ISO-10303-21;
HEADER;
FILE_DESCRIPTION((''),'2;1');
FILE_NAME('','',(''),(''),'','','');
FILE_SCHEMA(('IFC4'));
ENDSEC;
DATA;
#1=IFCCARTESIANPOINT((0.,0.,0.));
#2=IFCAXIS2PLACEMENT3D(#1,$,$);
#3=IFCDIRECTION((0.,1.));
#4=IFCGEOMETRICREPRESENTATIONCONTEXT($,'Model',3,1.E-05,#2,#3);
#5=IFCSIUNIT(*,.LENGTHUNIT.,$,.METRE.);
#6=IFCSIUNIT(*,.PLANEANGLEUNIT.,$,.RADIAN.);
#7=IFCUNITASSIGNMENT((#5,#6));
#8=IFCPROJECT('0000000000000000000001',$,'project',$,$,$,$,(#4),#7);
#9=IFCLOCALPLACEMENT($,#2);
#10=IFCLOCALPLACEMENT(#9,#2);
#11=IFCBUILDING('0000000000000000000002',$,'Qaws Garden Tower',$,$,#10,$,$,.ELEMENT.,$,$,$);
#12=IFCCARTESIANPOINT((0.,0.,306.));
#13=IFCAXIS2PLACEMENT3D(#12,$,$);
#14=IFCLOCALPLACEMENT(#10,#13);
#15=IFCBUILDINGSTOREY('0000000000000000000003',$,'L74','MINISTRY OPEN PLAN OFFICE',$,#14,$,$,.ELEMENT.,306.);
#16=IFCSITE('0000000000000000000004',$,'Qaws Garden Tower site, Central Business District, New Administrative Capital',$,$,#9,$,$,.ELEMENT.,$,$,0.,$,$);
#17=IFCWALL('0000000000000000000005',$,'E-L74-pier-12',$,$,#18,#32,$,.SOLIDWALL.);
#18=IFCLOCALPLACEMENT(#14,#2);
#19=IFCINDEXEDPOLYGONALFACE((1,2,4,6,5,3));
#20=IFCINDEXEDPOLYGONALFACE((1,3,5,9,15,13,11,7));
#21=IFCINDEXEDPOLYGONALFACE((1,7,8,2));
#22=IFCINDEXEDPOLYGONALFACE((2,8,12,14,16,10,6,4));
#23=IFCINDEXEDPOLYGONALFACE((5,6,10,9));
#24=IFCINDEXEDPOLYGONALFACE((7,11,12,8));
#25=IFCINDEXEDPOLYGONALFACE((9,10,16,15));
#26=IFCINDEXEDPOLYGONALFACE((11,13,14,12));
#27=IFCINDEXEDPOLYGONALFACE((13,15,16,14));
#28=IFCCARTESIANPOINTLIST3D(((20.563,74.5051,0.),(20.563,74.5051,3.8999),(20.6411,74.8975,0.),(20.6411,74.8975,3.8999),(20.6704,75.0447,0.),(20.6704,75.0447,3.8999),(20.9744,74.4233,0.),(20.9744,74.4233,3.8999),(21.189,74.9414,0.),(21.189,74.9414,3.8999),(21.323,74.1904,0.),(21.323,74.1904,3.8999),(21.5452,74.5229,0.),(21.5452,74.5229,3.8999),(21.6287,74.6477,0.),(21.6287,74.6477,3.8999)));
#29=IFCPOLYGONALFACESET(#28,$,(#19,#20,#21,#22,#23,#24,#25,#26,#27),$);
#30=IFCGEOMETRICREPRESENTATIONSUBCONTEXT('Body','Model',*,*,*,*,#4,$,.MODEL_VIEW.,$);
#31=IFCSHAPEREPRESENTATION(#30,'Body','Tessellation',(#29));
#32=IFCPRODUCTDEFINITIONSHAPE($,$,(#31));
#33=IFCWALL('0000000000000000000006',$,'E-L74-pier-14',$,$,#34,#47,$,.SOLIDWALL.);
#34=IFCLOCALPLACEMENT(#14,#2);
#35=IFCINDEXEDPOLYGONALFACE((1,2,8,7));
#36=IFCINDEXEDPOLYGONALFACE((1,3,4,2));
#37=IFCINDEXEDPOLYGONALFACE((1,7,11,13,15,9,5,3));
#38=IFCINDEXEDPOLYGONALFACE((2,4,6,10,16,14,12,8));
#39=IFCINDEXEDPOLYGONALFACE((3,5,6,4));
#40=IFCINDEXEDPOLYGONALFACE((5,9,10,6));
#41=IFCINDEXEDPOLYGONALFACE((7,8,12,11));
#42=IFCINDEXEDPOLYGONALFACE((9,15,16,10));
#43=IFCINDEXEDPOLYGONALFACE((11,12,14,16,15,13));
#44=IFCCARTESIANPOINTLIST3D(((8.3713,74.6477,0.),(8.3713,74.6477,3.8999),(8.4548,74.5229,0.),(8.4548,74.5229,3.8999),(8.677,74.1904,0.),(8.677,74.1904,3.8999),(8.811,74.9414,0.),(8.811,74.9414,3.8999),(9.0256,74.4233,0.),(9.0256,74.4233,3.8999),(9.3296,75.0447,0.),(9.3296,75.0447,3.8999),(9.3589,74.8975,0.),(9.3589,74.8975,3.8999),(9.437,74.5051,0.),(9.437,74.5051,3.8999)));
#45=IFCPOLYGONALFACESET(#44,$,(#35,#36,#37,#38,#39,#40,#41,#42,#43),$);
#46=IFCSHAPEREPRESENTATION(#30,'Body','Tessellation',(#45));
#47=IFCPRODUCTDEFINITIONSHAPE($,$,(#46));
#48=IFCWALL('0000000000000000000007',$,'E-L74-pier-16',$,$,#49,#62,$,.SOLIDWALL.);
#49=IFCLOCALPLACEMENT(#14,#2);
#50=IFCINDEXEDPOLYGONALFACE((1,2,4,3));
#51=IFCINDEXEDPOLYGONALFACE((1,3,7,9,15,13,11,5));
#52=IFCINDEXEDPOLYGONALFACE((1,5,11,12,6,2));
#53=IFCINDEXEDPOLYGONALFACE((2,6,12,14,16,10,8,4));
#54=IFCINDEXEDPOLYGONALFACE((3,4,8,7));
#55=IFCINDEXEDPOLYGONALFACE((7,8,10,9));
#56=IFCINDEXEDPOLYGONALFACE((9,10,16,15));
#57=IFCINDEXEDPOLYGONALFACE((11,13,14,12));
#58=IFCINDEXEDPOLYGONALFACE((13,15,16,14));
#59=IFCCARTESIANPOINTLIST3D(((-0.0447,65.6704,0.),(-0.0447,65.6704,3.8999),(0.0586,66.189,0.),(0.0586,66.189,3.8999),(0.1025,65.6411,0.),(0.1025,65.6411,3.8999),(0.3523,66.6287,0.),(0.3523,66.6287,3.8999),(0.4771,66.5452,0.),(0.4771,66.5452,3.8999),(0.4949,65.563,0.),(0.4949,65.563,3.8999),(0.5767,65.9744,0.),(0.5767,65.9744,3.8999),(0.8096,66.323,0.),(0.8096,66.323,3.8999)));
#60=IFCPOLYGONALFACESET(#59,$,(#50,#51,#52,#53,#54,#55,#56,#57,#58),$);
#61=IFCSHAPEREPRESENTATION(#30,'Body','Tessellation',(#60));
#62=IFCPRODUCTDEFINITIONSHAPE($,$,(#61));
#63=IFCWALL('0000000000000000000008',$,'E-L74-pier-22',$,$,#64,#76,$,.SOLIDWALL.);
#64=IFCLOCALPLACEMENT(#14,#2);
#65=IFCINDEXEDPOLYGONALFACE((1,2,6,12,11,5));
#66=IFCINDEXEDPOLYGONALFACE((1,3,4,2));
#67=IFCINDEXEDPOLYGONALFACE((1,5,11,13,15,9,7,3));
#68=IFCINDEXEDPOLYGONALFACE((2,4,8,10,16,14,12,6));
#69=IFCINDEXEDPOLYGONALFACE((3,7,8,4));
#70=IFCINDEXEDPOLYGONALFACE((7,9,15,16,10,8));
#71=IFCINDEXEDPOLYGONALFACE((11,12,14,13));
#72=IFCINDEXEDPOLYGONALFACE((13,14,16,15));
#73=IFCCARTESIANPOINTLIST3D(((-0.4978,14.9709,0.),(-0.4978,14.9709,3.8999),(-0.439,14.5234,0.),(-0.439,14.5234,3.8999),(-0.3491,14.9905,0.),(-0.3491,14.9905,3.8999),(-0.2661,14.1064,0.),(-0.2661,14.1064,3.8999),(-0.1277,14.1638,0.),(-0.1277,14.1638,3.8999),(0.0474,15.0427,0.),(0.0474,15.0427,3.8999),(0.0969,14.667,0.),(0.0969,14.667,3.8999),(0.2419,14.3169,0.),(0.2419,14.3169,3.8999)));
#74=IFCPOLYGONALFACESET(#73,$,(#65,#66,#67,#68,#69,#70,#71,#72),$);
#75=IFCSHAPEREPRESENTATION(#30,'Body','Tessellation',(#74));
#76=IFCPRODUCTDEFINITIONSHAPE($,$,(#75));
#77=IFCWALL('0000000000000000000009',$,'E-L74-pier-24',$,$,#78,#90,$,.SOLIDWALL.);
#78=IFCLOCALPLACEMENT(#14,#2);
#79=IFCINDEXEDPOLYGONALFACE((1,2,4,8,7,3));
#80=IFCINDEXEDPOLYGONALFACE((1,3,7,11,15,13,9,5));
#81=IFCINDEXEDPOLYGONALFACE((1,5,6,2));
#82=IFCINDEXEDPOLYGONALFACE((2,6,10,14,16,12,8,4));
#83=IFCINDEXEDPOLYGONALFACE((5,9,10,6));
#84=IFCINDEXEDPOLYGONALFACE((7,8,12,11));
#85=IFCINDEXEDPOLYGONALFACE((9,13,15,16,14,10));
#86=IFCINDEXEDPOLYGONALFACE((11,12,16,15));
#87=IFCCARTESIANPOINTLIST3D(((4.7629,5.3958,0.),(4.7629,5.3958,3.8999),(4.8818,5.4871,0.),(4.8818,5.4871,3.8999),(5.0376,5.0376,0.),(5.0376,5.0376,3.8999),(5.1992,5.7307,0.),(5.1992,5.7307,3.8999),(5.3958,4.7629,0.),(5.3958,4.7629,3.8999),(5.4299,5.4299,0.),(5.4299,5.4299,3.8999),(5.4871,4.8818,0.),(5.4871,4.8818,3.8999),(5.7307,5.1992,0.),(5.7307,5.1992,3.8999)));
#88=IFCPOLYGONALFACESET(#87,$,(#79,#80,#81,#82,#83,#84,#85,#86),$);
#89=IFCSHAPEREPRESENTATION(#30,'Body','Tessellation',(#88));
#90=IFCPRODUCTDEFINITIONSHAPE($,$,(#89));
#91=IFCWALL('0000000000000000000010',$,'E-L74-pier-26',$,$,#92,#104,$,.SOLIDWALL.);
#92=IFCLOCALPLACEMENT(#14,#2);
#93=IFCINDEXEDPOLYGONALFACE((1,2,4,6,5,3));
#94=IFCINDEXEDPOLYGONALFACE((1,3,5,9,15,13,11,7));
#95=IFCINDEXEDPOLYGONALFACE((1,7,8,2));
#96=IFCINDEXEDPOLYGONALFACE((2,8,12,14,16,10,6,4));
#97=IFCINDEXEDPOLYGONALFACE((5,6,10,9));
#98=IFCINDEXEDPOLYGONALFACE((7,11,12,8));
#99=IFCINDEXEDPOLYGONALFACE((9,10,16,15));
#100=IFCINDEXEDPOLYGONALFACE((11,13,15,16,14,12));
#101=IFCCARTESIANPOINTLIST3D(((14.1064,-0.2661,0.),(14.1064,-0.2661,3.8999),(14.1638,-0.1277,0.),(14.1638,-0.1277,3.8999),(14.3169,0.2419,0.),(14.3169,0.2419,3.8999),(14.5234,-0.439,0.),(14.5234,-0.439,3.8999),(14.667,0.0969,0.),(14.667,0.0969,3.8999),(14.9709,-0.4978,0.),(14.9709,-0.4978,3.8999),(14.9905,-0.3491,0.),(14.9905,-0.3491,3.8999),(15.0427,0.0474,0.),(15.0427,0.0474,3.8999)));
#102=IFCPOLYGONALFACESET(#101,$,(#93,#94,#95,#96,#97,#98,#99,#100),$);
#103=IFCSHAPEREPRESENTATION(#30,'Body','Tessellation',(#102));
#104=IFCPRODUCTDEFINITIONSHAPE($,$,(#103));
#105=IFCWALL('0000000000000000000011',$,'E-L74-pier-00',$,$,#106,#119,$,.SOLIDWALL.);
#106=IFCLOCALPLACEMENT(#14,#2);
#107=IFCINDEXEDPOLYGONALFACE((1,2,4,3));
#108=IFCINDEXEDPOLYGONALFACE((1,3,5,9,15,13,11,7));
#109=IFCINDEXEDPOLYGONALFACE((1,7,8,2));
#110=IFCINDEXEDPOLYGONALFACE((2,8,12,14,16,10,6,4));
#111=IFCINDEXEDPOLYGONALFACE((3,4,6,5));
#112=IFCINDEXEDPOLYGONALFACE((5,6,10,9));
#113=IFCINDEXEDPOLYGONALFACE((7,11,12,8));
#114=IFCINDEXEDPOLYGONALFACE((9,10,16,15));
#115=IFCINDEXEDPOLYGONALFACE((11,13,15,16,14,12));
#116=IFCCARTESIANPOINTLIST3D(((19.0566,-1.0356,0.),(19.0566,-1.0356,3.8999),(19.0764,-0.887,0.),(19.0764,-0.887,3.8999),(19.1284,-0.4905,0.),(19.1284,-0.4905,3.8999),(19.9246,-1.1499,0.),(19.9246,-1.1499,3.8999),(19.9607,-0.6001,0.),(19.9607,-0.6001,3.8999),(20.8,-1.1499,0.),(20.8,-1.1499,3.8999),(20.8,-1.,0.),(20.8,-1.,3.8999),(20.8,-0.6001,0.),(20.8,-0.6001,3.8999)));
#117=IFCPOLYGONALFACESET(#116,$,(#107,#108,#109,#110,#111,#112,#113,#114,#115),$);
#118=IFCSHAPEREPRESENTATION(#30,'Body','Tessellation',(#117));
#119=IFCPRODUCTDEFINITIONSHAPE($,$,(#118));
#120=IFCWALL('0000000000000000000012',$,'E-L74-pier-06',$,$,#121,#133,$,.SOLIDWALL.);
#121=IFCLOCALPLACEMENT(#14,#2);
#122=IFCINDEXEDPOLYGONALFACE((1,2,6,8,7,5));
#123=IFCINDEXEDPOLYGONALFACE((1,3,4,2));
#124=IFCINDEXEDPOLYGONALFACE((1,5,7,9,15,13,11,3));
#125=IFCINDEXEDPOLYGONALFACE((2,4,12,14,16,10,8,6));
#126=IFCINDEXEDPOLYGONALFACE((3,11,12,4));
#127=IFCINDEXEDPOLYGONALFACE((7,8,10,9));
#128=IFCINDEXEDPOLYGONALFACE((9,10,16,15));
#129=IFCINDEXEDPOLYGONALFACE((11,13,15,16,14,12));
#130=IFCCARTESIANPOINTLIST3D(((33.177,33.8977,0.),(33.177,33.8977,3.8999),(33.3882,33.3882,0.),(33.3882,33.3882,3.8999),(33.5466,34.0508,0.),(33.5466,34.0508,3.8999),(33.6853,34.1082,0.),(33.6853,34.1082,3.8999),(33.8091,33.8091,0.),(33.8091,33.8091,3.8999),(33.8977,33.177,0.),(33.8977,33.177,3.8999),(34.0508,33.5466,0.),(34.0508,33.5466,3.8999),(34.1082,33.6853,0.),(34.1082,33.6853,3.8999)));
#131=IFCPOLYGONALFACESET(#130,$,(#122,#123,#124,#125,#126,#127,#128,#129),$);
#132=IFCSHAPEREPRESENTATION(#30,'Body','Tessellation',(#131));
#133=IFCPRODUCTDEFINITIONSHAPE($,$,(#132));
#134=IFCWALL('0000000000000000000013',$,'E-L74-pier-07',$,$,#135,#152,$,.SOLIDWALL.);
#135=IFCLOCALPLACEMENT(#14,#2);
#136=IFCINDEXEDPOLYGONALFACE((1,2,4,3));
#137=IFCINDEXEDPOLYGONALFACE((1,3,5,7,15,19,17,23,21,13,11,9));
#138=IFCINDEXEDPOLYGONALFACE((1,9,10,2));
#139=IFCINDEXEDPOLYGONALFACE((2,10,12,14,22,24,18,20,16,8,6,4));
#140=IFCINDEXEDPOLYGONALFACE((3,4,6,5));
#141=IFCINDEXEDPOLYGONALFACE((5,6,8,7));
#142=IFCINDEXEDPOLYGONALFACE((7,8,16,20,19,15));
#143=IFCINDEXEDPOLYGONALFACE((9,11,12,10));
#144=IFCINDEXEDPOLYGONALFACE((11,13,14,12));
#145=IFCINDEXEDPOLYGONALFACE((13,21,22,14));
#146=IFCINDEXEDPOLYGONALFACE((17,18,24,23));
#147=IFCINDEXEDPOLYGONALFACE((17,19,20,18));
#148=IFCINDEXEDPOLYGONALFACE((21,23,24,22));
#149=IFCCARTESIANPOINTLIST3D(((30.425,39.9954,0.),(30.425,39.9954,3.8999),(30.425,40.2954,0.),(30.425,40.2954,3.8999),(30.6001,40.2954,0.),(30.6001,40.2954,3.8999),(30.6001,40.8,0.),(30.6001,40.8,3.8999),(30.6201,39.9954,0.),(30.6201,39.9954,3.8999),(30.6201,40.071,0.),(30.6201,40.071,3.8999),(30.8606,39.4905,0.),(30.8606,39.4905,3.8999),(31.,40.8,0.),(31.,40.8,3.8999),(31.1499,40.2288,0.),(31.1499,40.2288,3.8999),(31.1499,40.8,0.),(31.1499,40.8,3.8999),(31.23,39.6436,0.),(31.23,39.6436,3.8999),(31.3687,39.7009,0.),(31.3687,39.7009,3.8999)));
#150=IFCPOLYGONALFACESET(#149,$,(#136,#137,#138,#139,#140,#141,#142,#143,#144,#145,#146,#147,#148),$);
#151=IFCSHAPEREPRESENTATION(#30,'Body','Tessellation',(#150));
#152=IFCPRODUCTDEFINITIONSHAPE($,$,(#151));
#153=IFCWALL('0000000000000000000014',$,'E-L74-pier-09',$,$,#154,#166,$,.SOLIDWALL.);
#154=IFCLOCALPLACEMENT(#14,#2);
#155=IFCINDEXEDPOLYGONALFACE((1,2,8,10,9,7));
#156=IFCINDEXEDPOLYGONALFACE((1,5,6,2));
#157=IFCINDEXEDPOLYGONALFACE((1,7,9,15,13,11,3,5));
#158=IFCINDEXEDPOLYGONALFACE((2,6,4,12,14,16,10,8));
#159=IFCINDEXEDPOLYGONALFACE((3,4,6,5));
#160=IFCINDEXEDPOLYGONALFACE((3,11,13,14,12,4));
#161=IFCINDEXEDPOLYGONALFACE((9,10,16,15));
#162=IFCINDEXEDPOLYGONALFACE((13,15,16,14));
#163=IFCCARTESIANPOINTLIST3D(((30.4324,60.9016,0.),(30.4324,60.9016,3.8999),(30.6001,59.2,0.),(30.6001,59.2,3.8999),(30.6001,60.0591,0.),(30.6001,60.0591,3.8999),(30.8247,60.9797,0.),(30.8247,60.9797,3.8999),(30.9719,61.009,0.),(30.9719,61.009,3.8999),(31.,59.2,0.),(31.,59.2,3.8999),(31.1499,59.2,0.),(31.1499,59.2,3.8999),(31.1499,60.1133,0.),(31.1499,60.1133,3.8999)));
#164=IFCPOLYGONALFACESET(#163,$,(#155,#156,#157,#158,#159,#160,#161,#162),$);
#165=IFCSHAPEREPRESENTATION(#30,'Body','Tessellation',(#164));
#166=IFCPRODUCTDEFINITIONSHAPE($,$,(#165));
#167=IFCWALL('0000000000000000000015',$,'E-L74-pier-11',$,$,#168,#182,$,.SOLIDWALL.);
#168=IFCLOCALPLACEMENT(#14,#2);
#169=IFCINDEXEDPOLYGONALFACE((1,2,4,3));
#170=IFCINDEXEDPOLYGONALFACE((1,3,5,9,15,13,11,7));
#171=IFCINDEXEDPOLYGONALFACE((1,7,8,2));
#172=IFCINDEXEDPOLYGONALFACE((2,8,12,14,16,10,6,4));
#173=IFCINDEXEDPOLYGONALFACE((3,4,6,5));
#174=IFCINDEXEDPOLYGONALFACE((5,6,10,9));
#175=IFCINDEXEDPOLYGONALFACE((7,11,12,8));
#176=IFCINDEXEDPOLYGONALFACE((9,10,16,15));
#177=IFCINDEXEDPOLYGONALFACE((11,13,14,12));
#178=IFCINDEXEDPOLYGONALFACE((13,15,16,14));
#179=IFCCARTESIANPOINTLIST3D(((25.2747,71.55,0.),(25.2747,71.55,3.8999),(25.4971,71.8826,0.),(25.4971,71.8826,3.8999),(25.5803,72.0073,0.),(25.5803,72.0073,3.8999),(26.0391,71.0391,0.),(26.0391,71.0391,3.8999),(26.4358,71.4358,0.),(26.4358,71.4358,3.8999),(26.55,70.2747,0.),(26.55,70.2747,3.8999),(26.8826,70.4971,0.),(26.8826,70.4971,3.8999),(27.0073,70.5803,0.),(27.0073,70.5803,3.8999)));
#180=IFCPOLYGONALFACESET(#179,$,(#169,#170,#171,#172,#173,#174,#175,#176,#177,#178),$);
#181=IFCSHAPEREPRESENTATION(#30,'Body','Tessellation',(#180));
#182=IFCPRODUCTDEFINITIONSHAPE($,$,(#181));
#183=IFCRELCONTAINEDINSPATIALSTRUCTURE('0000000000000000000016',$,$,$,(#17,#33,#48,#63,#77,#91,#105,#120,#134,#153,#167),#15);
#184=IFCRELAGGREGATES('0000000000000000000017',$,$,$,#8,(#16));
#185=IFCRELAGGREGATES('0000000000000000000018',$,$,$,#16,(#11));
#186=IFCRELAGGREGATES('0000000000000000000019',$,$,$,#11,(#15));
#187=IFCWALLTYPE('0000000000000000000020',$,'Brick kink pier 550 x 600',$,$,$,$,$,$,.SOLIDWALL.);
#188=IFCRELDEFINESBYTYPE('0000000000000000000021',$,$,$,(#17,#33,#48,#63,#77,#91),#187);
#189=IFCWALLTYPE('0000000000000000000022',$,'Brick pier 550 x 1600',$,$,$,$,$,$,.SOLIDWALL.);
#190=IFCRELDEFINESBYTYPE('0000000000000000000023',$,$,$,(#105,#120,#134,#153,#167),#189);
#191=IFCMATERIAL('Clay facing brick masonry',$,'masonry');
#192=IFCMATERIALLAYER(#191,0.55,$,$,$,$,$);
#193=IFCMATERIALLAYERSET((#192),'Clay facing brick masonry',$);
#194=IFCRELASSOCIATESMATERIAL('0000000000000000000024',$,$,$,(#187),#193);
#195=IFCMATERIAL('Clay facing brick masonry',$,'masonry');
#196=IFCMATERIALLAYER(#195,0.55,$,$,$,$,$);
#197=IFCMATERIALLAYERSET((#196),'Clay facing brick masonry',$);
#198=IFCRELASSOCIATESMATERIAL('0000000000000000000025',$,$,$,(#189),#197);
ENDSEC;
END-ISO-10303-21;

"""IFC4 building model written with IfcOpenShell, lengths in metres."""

from ifc_helpers import new_model, si_unit, direction, frame, origin, place, context, subcontext, project, spatial, polyline, outline, extrude, material, layer, layer_set, type_object, element, save


model = new_model("IFC4")

# Units and contexts
model_context = context("Model", 3, precision=1e-05, world=origin(), true_north=direction((0.0, 1.0)))
body_context = subcontext(model_context, "Body", "Model", "MODEL_VIEW")
ifc_project = project(units=[si_unit("LENGTHUNIT", "METRE"), si_unit("PLANEANGLEUNIT", "RADIAN")], contexts=[model_context])

# Site, building, storey
site_placement = place(None, origin())
site = spatial("IfcSite", under=ifc_project, at=site_placement, Name="Qaws Garden Tower site, Central Business District, New Administrative Capital", CompositionType="ELEMENT", RefElevation=0.0)
building_placement = place(site_placement, origin())
building = spatial("IfcBuilding", under=site, at=building_placement, Name="Qaws Garden Tower", CompositionType="ELEMENT")
storey_placement = place(building_placement, frame((0.0, 0.0, 306.0)))
storey = spatial("IfcBuildingStorey", under=building, at=storey_placement, Name="L74", Description="MINISTRY OPEN PLAN OFFICE", CompositionType="ELEMENT", Elevation=306.0)

# Walls
placement = place(storey_placement, origin())
ifc_material_1 = material(Name="Clay facing brick masonry", Category="masonry")
ifc_layer_1 = layer(ifc_material_1, 0.55)
ifc_layer_set_1 = layer_set([ifc_layer_1], Name="Clay facing brick masonry")
wall_type_1 = type_object("IfcWallType", Name="Brick kink pier 550 x 600", PredefinedType="SOLIDWALL", material=ifc_layer_set_1)
element("IfcWall", 1, at=placement, inside=storey, type_object=wall_type_1, Name="E-L74-pier-12", PredefinedType="SOLIDWALL", context=body_context, shape_type="SweptSolid", body=[
    extrude(outline(polyline([(21.5452, 74.5229), (21.6287, 74.6477), (21.189, 74.9414), (20.6704, 75.0447), (20.6411, 74.8975), (20.563, 74.5051), (20.9744, 74.4233), (21.323, 74.1904), (21.5452, 74.5229)])), origin(), (0.0, 0.0, 1.0), 3.8999),
])
element("IfcWall", 2, at=placement, inside=storey, type_object=wall_type_1, Name="E-L74-pier-14", PredefinedType="SOLIDWALL", context=body_context, shape_type="SweptSolid", body=[
    extrude(outline(polyline([(9.3589, 74.8975), (9.3296, 75.0447), (8.811, 74.9414), (8.3713, 74.6477), (8.4548, 74.5229), (8.677, 74.1904), (9.0256, 74.4233), (9.437, 74.5051), (9.3589, 74.8975)])), origin(), (0.0, 0.0, 1.0), 3.8999),
])
element("IfcWall", 3, at=placement, inside=storey, type_object=wall_type_1, Name="E-L74-pier-16", PredefinedType="SOLIDWALL", context=body_context, shape_type="SweptSolid", body=[
    extrude(outline(polyline([(0.4771, 66.5452), (0.3523, 66.6287), (0.0586, 66.189), (-0.0447, 65.6704), (0.1025, 65.6411), (0.4949, 65.563), (0.5767, 65.9744), (0.8096, 66.323), (0.4771, 66.5452)])), origin(), (0.0, 0.0, 1.0), 3.8999),
])
element("IfcWall", 4, at=placement, inside=storey, type_object=wall_type_1, Name="E-L74-pier-22", PredefinedType="SOLIDWALL", context=body_context, shape_type="SweptSolid", body=[
    extrude(outline(polyline([(-0.3491, 14.9905), (-0.4978, 14.9709), (-0.439, 14.5234), (-0.2661, 14.1064), (-0.1277, 14.1638), (0.2419, 14.3169), (0.0969, 14.667), (0.0474, 15.0427), (-0.3491, 14.9905)])), origin(), (0.0, 0.0, 1.0), 3.8999),
])
element("IfcWall", 5, at=placement, inside=storey, type_object=wall_type_1, Name="E-L74-pier-24", PredefinedType="SOLIDWALL", context=body_context, shape_type="SweptSolid", body=[
    extrude(outline(polyline([(4.8818, 5.4871), (4.7629, 5.3958), (5.0376, 5.0376), (5.3958, 4.7629), (5.4871, 4.8818), (5.7307, 5.1992), (5.4299, 5.4299), (5.1992, 5.7307), (4.8818, 5.4871)])), origin(), (0.0, 0.0, 1.0), 3.8999),
])
element("IfcWall", 6, at=placement, inside=storey, type_object=wall_type_1, Name="E-L74-pier-26", PredefinedType="SOLIDWALL", context=body_context, shape_type="SweptSolid", body=[
    extrude(outline(polyline([(14.1638, -0.1277), (14.1064, -0.2661), (14.5234, -0.439), (14.9709, -0.4978), (14.9905, -0.3491), (15.0427, 0.0474), (14.667, 0.0969), (14.3169, 0.2419), (14.1638, -0.1277)])), origin(), (0.0, 0.0, 1.0), 3.8999),
])
ifc_material_2 = material(Name="Clay facing brick masonry", Category="masonry")
ifc_layer_2 = layer(ifc_material_2, 0.55)
ifc_layer_set_2 = layer_set([ifc_layer_2], Name="Clay facing brick masonry")
wall_type_2 = type_object("IfcWallType", Name="Brick pier 550 x 1600", PredefinedType="SOLIDWALL", material=ifc_layer_set_2)
element("IfcWall", 7, at=placement, inside=storey, type_object=wall_type_2, Name="E-L74-pier-00", PredefinedType="SOLIDWALL", context=body_context, shape_type="SweptSolid", body=[
    extrude(outline(polyline([(19.0764, -0.887), (19.0566, -1.0356), (19.9246, -1.1499), (20.8, -1.1499), (20.8, -1.0), (20.8, -0.6001), (19.9607, -0.6001), (19.1284, -0.4905), (19.0764, -0.887)])), origin(), (0.0, 0.0, 1.0), 3.8999),
])
element("IfcWall", 8, at=placement, inside=storey, type_object=wall_type_2, Name="E-L74-pier-06", PredefinedType="SOLIDWALL", context=body_context, shape_type="SweptSolid", body=[
    extrude(outline(polyline([(34.0508, 33.5466), (34.1082, 33.6853), (33.8091, 33.8091), (33.6853, 34.1082), (33.5466, 34.0508), (33.177, 33.8977), (33.3882, 33.3882), (33.8977, 33.177), (34.0508, 33.5466)])), origin(), (0.0, 0.0, 1.0), 3.8999),
])
element("IfcWall", 9, at=placement, inside=storey, type_object=wall_type_2, Name="E-L74-pier-07", PredefinedType="SOLIDWALL", context=body_context, shape_type="SweptSolid", body=[
    extrude(outline(polyline([(30.6201, 39.9954), (30.6201, 40.071), (30.8606, 39.4905), (31.23, 39.6436), (31.3687, 39.7009), (31.1499, 40.2288), (31.1499, 40.8), (31.0, 40.8), (30.6001, 40.8), (30.6001, 40.2954), (30.425, 40.2954), (30.425, 39.9954), (30.6201, 39.9954)])), origin(), (0.0, 0.0, 1.0), 3.8999),
])
element("IfcWall", 10, at=placement, inside=storey, type_object=wall_type_2, Name="E-L74-pier-09", PredefinedType="SOLIDWALL", context=body_context, shape_type="SweptSolid", body=[
    extrude(outline(polyline([(31.0, 59.2), (31.1499, 59.2), (31.1499, 60.1133), (30.9719, 61.009), (30.8247, 60.9797), (30.4324, 60.9016), (30.6001, 60.0591), (30.6001, 59.2), (31.0, 59.2)])), origin(), (0.0, 0.0, 1.0), 3.8999),
])
element("IfcWall", 11, at=placement, inside=storey, type_object=wall_type_2, Name="E-L74-pier-11", PredefinedType="SOLIDWALL", context=body_context, shape_type="SweptSolid", body=[
    extrude(outline(polyline([(26.8826, 70.4971), (27.0073, 70.5803), (26.4358, 71.4358), (25.5803, 72.0073), (25.4971, 71.8826), (25.2747, 71.55), (26.0391, 71.0391), (26.55, 70.2747), (26.8826, 70.4971)])), origin(), (0.0, 0.0, 1.0), 3.8999),
])

save(model, "model.ifc")
